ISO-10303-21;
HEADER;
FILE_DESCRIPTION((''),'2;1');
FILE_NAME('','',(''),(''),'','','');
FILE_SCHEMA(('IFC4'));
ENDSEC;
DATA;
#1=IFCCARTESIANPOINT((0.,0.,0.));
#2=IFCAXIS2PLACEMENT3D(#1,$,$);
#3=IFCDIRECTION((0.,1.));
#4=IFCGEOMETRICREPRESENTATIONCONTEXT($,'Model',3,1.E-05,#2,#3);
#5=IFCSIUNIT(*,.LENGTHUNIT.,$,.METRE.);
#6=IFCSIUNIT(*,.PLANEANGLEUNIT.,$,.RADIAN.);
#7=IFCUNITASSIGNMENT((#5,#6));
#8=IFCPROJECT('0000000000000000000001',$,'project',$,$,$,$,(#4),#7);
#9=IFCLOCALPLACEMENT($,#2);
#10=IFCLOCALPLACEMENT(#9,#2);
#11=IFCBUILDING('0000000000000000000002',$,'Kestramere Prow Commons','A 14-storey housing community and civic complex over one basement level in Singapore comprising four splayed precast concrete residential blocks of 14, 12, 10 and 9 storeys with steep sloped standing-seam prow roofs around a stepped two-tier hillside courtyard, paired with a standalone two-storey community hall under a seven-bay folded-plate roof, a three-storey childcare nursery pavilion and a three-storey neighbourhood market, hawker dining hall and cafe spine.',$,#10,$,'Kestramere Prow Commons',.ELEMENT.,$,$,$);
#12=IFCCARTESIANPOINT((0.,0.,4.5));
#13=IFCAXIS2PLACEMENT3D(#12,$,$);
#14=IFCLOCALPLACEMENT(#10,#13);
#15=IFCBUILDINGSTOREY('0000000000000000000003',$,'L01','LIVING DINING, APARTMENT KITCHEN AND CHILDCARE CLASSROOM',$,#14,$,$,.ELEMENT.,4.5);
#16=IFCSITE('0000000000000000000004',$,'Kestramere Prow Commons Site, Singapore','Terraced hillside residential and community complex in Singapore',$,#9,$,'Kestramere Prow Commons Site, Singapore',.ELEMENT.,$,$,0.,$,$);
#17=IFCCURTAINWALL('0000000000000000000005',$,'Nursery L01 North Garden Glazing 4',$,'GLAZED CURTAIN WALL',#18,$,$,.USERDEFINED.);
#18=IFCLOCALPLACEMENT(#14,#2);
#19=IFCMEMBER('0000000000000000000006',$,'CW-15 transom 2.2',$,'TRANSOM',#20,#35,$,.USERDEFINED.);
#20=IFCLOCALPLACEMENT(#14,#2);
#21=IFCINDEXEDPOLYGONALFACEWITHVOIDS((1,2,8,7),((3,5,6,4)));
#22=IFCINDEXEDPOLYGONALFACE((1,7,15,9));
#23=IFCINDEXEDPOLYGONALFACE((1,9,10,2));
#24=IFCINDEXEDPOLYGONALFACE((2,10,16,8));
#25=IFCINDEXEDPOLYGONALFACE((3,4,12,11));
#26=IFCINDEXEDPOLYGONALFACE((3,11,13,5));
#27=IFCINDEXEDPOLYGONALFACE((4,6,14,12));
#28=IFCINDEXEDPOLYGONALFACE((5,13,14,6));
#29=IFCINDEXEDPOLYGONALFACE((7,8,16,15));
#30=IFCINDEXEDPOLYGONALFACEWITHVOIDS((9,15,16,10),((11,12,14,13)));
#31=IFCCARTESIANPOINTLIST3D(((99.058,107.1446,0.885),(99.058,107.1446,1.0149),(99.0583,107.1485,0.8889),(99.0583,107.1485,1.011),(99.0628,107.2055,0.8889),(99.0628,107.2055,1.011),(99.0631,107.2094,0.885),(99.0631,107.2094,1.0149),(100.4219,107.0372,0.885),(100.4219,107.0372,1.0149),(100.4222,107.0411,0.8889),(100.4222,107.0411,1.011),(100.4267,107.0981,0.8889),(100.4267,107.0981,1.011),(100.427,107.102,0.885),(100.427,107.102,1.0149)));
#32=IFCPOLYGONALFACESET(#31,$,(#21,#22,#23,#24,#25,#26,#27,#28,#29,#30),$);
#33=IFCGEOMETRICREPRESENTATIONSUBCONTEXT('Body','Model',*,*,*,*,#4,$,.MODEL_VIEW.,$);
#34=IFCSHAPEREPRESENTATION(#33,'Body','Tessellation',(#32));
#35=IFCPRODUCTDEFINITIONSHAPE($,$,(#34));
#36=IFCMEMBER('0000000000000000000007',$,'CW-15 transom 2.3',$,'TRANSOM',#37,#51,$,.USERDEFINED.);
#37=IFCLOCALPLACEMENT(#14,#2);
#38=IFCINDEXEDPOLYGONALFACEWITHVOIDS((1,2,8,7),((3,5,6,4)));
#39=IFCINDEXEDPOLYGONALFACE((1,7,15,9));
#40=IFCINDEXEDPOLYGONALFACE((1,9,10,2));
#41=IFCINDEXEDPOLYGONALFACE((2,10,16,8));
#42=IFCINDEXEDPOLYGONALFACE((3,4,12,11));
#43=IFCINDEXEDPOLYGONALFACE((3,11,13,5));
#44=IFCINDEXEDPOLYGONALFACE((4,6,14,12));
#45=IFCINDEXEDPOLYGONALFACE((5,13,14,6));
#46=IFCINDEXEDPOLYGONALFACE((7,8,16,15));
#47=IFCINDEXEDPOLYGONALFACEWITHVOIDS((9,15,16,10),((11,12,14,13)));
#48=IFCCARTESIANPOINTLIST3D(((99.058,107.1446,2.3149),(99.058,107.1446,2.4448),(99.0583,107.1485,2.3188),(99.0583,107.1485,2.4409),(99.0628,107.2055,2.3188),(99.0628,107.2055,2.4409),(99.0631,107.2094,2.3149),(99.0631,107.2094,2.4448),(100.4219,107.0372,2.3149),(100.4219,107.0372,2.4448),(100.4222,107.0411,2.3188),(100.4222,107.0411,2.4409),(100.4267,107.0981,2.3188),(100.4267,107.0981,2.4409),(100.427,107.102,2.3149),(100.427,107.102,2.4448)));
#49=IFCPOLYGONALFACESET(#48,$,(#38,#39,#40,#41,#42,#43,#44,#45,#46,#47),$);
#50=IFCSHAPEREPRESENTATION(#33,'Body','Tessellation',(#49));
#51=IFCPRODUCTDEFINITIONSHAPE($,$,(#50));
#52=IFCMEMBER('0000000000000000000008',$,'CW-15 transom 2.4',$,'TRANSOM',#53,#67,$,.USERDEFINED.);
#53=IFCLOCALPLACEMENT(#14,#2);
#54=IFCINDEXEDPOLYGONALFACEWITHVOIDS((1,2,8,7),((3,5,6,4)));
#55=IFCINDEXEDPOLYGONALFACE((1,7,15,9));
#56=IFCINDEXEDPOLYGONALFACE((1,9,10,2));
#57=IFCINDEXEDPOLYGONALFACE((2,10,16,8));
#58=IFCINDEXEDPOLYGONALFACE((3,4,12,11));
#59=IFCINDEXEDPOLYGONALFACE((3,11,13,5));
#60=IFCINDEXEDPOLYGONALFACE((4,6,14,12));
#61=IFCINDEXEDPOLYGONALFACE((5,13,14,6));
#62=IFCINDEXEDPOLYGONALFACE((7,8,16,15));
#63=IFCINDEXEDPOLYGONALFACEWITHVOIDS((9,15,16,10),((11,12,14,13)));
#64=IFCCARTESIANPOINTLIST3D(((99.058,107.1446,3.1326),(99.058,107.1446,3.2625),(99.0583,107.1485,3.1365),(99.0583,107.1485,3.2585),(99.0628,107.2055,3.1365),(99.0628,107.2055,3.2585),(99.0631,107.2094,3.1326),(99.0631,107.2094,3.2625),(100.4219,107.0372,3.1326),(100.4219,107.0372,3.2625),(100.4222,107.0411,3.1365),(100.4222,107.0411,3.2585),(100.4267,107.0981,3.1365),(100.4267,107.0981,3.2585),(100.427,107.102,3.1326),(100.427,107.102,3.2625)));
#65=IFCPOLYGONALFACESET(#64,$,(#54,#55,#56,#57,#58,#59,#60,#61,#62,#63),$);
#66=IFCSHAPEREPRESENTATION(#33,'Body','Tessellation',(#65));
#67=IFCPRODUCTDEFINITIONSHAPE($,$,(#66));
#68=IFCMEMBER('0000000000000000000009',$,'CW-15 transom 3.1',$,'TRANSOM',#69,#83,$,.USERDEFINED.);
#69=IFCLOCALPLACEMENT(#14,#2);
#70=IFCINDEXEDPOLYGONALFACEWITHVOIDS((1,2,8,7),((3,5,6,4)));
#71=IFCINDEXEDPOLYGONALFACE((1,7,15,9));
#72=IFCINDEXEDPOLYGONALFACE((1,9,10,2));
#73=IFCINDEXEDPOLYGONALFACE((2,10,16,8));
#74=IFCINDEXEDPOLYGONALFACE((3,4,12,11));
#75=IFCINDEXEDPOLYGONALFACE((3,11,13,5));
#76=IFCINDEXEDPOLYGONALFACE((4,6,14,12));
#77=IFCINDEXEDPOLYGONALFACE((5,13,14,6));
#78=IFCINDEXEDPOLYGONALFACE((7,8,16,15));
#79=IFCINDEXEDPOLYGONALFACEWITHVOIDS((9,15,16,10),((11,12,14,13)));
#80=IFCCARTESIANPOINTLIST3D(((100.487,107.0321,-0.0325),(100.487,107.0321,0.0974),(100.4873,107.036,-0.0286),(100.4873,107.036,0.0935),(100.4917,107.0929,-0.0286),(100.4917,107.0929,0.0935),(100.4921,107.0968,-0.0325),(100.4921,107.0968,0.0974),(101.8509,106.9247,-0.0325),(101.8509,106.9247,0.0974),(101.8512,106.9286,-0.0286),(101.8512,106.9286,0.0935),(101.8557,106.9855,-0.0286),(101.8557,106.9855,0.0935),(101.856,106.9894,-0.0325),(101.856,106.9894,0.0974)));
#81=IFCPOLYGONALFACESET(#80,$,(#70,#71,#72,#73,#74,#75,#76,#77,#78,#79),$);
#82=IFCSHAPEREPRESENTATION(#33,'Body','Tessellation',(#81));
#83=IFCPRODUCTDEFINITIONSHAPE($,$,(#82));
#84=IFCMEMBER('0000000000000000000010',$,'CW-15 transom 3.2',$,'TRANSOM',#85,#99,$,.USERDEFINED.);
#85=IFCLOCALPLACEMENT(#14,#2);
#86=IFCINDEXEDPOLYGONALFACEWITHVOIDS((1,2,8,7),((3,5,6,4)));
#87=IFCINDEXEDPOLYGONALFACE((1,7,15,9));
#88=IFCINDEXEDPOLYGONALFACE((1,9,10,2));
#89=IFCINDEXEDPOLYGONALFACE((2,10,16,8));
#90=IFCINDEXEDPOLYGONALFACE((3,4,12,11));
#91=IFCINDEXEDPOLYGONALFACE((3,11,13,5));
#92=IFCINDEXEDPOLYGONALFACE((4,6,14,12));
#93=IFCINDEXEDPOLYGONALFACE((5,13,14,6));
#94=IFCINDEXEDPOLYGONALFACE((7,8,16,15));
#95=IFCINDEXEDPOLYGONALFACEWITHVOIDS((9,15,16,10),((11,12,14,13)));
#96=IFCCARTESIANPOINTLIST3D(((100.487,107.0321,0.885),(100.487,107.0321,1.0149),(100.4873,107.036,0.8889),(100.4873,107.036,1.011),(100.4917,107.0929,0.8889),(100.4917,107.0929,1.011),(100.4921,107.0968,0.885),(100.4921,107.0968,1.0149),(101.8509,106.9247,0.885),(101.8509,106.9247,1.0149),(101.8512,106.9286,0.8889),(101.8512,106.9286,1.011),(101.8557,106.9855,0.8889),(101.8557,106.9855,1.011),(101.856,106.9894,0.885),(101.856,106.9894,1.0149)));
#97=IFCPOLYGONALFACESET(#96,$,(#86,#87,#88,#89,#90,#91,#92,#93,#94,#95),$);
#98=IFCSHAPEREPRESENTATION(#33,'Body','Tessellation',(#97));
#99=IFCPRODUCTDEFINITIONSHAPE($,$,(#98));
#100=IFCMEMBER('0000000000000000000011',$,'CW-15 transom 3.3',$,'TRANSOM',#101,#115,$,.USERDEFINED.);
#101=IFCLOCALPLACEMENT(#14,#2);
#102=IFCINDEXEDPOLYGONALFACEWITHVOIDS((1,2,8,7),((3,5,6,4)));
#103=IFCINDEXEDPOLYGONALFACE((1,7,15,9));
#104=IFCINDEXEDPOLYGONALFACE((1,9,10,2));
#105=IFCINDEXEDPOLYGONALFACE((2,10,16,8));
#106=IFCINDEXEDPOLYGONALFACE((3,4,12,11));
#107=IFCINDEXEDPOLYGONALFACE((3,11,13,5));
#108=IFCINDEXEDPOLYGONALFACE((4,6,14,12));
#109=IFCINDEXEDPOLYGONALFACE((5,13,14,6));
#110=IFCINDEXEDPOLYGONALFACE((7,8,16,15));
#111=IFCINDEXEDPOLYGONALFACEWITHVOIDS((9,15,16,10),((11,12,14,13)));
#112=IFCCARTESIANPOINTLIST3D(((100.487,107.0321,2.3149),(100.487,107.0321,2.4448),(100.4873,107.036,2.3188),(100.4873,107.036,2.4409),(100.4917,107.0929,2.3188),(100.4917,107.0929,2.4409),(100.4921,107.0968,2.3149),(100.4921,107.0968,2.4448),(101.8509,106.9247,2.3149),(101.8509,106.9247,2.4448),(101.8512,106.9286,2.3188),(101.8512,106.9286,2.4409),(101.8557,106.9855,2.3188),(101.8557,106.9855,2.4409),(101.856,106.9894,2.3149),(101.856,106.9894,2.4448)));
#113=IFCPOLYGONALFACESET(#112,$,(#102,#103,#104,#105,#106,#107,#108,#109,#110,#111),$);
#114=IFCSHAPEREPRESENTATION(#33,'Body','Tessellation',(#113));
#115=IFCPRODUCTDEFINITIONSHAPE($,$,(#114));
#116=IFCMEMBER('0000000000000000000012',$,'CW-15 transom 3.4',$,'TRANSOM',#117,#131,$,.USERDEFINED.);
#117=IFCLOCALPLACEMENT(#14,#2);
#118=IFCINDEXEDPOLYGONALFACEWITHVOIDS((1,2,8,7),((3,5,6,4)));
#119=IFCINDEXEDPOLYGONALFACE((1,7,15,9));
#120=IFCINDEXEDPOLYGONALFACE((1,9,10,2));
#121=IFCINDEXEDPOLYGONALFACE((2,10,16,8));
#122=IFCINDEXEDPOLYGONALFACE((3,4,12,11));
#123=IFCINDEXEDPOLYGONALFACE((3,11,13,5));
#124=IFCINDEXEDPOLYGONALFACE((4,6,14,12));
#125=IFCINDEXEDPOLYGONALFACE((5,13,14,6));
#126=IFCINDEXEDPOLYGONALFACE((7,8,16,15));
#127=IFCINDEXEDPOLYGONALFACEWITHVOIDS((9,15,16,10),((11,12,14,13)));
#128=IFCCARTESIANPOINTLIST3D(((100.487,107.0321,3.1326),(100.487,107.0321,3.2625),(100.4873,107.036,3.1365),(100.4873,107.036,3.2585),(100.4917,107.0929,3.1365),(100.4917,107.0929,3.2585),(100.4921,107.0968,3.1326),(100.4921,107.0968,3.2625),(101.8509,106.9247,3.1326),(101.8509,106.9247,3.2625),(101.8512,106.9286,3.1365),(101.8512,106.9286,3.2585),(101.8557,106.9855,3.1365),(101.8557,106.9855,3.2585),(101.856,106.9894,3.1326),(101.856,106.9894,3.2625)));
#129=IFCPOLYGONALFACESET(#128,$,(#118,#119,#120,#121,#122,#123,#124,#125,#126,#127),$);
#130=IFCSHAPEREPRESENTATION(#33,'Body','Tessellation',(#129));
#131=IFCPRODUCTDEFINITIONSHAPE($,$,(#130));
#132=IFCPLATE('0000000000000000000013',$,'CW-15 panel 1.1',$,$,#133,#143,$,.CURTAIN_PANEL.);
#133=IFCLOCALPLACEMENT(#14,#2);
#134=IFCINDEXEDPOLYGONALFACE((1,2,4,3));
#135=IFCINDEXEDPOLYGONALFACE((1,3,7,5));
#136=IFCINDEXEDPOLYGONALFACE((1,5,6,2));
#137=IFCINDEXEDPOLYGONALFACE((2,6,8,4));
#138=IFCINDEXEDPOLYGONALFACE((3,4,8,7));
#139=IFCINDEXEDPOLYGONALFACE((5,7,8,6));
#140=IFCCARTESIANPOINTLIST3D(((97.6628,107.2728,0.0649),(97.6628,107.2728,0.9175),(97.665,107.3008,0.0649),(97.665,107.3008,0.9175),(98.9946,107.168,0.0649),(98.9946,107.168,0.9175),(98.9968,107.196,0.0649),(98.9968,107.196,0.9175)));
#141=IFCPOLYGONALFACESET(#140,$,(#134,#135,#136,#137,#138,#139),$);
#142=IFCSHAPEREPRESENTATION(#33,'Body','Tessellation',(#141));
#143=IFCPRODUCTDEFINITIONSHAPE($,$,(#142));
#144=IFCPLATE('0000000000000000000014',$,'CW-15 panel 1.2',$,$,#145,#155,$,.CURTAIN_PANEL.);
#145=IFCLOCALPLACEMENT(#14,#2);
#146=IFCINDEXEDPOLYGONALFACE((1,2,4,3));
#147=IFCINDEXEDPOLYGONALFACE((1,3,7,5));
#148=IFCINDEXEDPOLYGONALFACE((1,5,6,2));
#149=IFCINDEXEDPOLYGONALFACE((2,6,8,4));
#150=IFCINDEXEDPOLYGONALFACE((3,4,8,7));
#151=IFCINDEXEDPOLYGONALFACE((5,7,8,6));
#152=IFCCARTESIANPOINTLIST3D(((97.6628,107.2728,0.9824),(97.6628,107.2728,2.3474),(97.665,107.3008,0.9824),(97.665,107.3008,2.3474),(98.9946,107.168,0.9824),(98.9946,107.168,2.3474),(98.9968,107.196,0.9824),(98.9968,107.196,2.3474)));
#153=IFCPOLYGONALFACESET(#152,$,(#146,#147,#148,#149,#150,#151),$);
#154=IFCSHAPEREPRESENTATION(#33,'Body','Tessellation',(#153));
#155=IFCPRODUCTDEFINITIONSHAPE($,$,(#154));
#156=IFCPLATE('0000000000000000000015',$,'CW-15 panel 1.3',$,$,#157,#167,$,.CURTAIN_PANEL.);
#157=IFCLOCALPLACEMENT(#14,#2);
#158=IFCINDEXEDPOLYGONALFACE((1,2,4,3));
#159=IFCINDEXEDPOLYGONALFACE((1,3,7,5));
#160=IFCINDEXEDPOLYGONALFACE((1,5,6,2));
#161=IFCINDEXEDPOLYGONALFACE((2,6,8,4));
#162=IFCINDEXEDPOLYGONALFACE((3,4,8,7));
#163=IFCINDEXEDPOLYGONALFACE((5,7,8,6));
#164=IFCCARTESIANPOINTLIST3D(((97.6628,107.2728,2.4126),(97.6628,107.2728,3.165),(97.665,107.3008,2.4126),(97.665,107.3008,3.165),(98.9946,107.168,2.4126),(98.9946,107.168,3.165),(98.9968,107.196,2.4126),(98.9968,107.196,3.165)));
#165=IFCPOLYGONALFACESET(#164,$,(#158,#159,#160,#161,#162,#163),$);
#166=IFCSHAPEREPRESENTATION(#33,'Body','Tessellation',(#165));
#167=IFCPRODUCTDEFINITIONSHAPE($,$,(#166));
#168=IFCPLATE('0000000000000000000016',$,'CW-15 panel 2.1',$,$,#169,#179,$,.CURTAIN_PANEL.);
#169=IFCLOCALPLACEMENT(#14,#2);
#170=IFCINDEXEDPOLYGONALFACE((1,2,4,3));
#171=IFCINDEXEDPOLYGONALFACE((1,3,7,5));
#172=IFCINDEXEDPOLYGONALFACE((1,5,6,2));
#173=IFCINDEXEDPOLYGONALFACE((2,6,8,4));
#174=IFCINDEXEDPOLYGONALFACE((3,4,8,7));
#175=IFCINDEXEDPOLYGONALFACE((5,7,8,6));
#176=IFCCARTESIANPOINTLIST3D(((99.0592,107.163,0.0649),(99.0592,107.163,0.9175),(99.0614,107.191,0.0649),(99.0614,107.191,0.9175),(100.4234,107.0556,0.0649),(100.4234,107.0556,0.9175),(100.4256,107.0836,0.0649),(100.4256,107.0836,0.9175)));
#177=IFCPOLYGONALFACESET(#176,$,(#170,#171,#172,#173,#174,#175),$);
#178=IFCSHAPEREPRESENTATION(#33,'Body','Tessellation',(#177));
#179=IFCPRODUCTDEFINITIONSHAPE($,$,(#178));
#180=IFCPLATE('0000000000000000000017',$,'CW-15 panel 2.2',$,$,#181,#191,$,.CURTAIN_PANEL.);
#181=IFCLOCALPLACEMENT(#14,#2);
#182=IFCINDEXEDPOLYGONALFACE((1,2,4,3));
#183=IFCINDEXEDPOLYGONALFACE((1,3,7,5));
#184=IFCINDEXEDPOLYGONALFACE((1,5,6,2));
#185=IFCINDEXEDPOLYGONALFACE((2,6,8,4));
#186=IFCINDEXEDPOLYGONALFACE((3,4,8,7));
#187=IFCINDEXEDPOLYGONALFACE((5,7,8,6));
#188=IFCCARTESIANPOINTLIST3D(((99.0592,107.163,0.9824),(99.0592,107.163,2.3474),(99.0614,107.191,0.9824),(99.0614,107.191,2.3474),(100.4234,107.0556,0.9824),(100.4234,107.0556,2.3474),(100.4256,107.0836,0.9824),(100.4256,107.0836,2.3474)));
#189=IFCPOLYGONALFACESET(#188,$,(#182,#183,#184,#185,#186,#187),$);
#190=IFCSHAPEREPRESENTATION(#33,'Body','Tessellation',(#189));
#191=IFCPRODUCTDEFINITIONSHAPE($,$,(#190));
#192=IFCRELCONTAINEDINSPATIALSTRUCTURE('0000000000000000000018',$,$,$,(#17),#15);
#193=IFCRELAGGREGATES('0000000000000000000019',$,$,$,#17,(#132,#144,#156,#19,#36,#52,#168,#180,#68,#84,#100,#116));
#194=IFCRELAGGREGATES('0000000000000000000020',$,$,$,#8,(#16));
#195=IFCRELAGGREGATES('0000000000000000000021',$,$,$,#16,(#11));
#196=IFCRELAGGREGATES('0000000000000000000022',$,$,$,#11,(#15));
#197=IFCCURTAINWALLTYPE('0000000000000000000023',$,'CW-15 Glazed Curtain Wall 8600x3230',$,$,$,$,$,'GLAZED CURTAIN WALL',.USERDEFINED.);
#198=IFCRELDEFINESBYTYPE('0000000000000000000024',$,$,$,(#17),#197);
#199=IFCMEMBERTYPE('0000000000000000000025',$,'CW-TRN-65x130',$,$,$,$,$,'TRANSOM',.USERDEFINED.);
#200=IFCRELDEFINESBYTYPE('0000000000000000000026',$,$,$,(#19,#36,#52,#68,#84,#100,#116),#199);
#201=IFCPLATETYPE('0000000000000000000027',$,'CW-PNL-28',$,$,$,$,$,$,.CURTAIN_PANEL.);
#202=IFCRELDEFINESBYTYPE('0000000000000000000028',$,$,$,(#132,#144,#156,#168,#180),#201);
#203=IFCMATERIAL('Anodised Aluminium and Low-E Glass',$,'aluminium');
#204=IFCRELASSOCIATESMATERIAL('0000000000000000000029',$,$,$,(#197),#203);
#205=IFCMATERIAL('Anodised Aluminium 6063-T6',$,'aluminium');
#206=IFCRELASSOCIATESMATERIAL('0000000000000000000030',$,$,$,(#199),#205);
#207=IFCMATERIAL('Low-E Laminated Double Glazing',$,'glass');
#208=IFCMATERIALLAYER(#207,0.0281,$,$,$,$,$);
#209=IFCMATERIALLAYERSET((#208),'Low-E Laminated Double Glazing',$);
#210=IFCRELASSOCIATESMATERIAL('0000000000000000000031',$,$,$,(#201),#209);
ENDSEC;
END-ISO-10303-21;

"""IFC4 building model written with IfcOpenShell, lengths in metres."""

from ifc_helpers import new_model, si_unit, direction, frame, origin, origin_2d, place, context, subcontext, project, spatial, rectangle, hollow_rectangle, extrude, material, layer, layer_set, material_profile, profile_set, type_object, element, aggregate, save


model = new_model("IFC4")

# Units and contexts
model_context = context("Model", 3, precision=1e-05, world=origin(), true_north=direction((0.0, 1.0)))
body_context = subcontext(model_context, "Body", "Model", "MODEL_VIEW")
ifc_project = project(units=[si_unit("LENGTHUNIT", "METRE"), si_unit("PLANEANGLEUNIT", "RADIAN")], contexts=[model_context])

# Site, building, storey
site_placement = place(None, origin())
site = spatial("IfcSite", under=ifc_project, at=site_placement, Name="Kestramere Prow Commons Site, Singapore", Description="Terraced hillside residential and community complex in Singapore", LongName="Kestramere Prow Commons Site, Singapore", CompositionType="ELEMENT", RefElevation=0.0)
building_placement = place(site_placement, origin())
building = spatial("IfcBuilding", under=site, at=building_placement, Name="Kestramere Prow Commons", Description="A 14-storey housing community and civic complex over one basement level in Singapore comprising four splayed precast concrete residential blocks of 14, 12, 10 and 9 storeys with steep sloped standing-seam prow roofs around a stepped two-tier hillside courtyard, paired with a standalone two-storey community hall under a seven-bay folded-plate roof, a three-storey childcare nursery pavilion and a three-storey neighbourhood market, hawker dining hall and cafe spine.", LongName="Kestramere Prow Commons", CompositionType="ELEMENT")
storey_placement = place(building_placement, frame((0.0, 0.0, 4.5)))
storey = spatial("IfcBuildingStorey", under=building, at=storey_placement, Name="L01", Description="LIVING DINING, APARTMENT KITCHEN AND CHILDCARE CLASSROOM", CompositionType="ELEMENT", Elevation=4.5)

# Curtain wall, members, plates
ifc_material_1 = material(Name="Anodised Aluminium and Low-E Glass", Category="aluminium")
curtain_wall_type = type_object("IfcCurtainWallType", Name="CW-15 Glazed Curtain Wall 8600x3230", ElementType="GLAZED CURTAIN WALL", PredefinedType="USERDEFINED", material=ifc_material_1)
curtain_wall_placement = place(storey_placement, origin())
curtain_wall = element("IfcCurtainWall", 1, at=curtain_wall_placement, inside=storey, type_object=curtain_wall_type, Name="Nursery L01 North Garden Glazing 4", ObjectType="GLAZED CURTAIN WALL", PredefinedType="USERDEFINED")
ifc_material_2 = material(Name="Anodised Aluminium 6063-T6", Category="aluminium")
ifc_material_profile_1 = material_profile(ifc_material_2, hollow_rectangle(XDim=0.0649, YDim=0.1299, WallThickness=0.0039, at=origin_2d()), Name="ALU-TRN 65x130")
ifc_profile_set_1 = profile_set([ifc_material_profile_1], Name="Anodised Aluminium 6063-T6")
member_type_1 = type_object("IfcMemberType", Name="CW-TRN-65x130", ElementType="TRANSOM", PredefinedType="USERDEFINED", material=ifc_profile_set_1)
member_1_placement = place(storey_placement, frame((99.0605, 107.177, 0.95), z_axis=(0.996913, -0.078511, 0.0), x_axis=(0.078511, 0.996913, 0.0)))
member_1 = element("IfcMember", 2, at=member_1_placement, type_object=member_type_1, Name="CW-15 transom 2.2", ObjectType="TRANSOM", PredefinedType="USERDEFINED", context=body_context, shape_type="SweptSolid", body=[
    extrude(hollow_rectangle(XDim=0.0649, YDim=0.1299, WallThickness=0.0039, at=origin_2d()), origin(), (0.0, 0.0, 1.0), 1.3682),
])
member_2_placement = place(storey_placement, frame((99.0605, 107.177, 2.3799), z_axis=(0.996913, -0.078511, 0.0), x_axis=(0.078511, 0.996913, 0.0)))
member_2 = element("IfcMember", 3, at=member_2_placement, type_object=member_type_1, Name="CW-15 transom 2.3", ObjectType="TRANSOM", PredefinedType="USERDEFINED", context=body_context, shape_type="SweptSolid", body=[
    extrude(hollow_rectangle(XDim=0.0649, YDim=0.1299, WallThickness=0.0039, at=origin_2d()), origin(), (0.0, 0.0, 1.0), 1.3682),
])
member_3_placement = place(storey_placement, frame((99.0605, 107.177, 3.1975), z_axis=(0.996913, -0.078511, 0.0), x_axis=(0.078511, 0.996913, 0.0)))
member_3 = element("IfcMember", 4, at=member_3_placement, type_object=member_type_1, Name="CW-15 transom 2.4", ObjectType="TRANSOM", PredefinedType="USERDEFINED", context=body_context, shape_type="SweptSolid", body=[
    extrude(hollow_rectangle(XDim=0.0649, YDim=0.1299, WallThickness=0.0039, at=origin_2d()), origin(), (0.0, 0.0, 1.0), 1.3682),
])
member_4_placement = place(storey_placement, frame((100.4895, 107.0645, 0.0325), z_axis=(0.996913, -0.078511, 0.0), x_axis=(0.078511, 0.996913, 0.0)))
member_4 = element("IfcMember", 5, at=member_4_placement, type_object=member_type_1, Name="CW-15 transom 3.1", ObjectType="TRANSOM", PredefinedType="USERDEFINED", context=body_context, shape_type="SweptSolid", body=[
    extrude(hollow_rectangle(XDim=0.0649, YDim=0.1299, WallThickness=0.0039, at=origin_2d()), origin(), (0.0, 0.0, 1.0), 1.3682),
])
member_5_placement = place(storey_placement, frame((100.4895, 107.0645, 0.95), z_axis=(0.996913, -0.078511, 0.0), x_axis=(0.078511, 0.996913, 0.0)))
member_5 = element("IfcMember", 6, at=member_5_placement, type_object=member_type_1, Name="CW-15 transom 3.2", ObjectType="TRANSOM", PredefinedType="USERDEFINED", context=body_context, shape_type="SweptSolid", body=[
    extrude(hollow_rectangle(XDim=0.0649, YDim=0.1299, WallThickness=0.0039, at=origin_2d()), origin(), (0.0, 0.0, 1.0), 1.3682),
])
member_6_placement = place(storey_placement, frame((100.4895, 107.0645, 2.3799), z_axis=(0.996913, -0.078511, 0.0), x_axis=(0.078511, 0.996913, 0.0)))
member_6 = element("IfcMember", 7, at=member_6_placement, type_object=member_type_1, Name="CW-15 transom 3.3", ObjectType="TRANSOM", PredefinedType="USERDEFINED", context=body_context, shape_type="SweptSolid", body=[
    extrude(hollow_rectangle(XDim=0.0649, YDim=0.1299, WallThickness=0.0039, at=origin_2d()), origin(), (0.0, 0.0, 1.0), 1.3682),
])
member_7_placement = place(storey_placement, frame((100.4895, 107.0645, 3.1975), z_axis=(0.996913, -0.078511, 0.0), x_axis=(0.078511, 0.996913, 0.0)))
member_7 = element("IfcMember", 8, at=member_7_placement, type_object=member_type_1, Name="CW-15 transom 3.4", ObjectType="TRANSOM", PredefinedType="USERDEFINED", context=body_context, shape_type="SweptSolid", body=[
    extrude(hollow_rectangle(XDim=0.0649, YDim=0.1299, WallThickness=0.0039, at=origin_2d()), origin(), (0.0, 0.0, 1.0), 1.3682),
])
ifc_material_3 = material(Name="Low-E Laminated Double Glazing", Category="glass")
ifc_layer = layer(ifc_material_3, 0.0281)
ifc_layer_set = layer_set([ifc_layer], Name="Low-E Laminated Double Glazing")
plate_type = type_object("IfcPlateType", Name="CW-PNL-28", PredefinedType="CURTAIN_PANEL", material=ifc_layer_set)
plate_1_placement = place(storey_placement, frame((98.3298, 107.2344, 0.0649), z_axis=(0.0, 0.0, 1.0), x_axis=(0.996917, -0.078459, 0.0)))
plate_1 = element("IfcPlate", 9, at=plate_1_placement, type_object=plate_type, Name="CW-15 panel 1.1", PredefinedType="CURTAIN_PANEL", context=body_context, shape_type="SweptSolid", body=[
    extrude(rectangle(XDim=1.3359, YDim=0.0281, at=origin_2d()), origin(), (0.0, 0.0, 1.0), 0.8525),
])
plate_2_placement = place(storey_placement, frame((98.3298, 107.2344, 0.9824), z_axis=(0.0, 0.0, 1.0), x_axis=(0.996917, -0.078459, 0.0)))
plate_2 = element("IfcPlate", 10, at=plate_2_placement, type_object=plate_type, Name="CW-15 panel 1.2", PredefinedType="CURTAIN_PANEL", context=body_context, shape_type="SweptSolid", body=[
    extrude(rectangle(XDim=1.3359, YDim=0.0281, at=origin_2d()), origin(), (0.0, 0.0, 1.0), 1.365),
])
plate_3_placement = place(storey_placement, frame((98.3298, 107.2344, 2.4126), z_axis=(0.0, 0.0, 1.0), x_axis=(0.996917, -0.078459, 0.0)))
plate_3 = element("IfcPlate", 11, at=plate_3_placement, type_object=plate_type, Name="CW-15 panel 1.3", PredefinedType="CURTAIN_PANEL", context=body_context, shape_type="SweptSolid", body=[
    extrude(rectangle(XDim=1.3359, YDim=0.0281, at=origin_2d()), origin(), (0.0, 0.0, 1.0), 0.7524),
])
plate_4_placement = place(storey_placement, frame((99.7424, 107.1233, 0.0649), z_axis=(0.0, 0.0, 1.0), x_axis=(0.996917, -0.078459, 0.0)))
plate_4 = element("IfcPlate", 12, at=plate_4_placement, type_object=plate_type, Name="CW-15 panel 2.1", PredefinedType="CURTAIN_PANEL", context=body_context, shape_type="SweptSolid", body=[
    extrude(rectangle(XDim=1.3684, YDim=0.0281, at=origin_2d()), origin(), (0.0, 0.0, 1.0), 0.8525),
])
plate_5_placement = place(storey_placement, frame((99.7424, 107.1233, 0.9824), z_axis=(0.0, 0.0, 1.0), x_axis=(0.996917, -0.078459, 0.0)))
plate_5 = element("IfcPlate", 13, at=plate_5_placement, type_object=plate_type, Name="CW-15 panel 2.2", PredefinedType="CURTAIN_PANEL", context=body_context, shape_type="SweptSolid", body=[
    extrude(rectangle(XDim=1.3684, YDim=0.0281, at=origin_2d()), origin(), (0.0, 0.0, 1.0), 1.365),
])
aggregate(curtain_wall, [plate_1, plate_2, plate_3, member_1, member_2, member_3, plate_4, plate_5, member_4, member_5, member_6, member_7])

save(model, "model.ifc")
